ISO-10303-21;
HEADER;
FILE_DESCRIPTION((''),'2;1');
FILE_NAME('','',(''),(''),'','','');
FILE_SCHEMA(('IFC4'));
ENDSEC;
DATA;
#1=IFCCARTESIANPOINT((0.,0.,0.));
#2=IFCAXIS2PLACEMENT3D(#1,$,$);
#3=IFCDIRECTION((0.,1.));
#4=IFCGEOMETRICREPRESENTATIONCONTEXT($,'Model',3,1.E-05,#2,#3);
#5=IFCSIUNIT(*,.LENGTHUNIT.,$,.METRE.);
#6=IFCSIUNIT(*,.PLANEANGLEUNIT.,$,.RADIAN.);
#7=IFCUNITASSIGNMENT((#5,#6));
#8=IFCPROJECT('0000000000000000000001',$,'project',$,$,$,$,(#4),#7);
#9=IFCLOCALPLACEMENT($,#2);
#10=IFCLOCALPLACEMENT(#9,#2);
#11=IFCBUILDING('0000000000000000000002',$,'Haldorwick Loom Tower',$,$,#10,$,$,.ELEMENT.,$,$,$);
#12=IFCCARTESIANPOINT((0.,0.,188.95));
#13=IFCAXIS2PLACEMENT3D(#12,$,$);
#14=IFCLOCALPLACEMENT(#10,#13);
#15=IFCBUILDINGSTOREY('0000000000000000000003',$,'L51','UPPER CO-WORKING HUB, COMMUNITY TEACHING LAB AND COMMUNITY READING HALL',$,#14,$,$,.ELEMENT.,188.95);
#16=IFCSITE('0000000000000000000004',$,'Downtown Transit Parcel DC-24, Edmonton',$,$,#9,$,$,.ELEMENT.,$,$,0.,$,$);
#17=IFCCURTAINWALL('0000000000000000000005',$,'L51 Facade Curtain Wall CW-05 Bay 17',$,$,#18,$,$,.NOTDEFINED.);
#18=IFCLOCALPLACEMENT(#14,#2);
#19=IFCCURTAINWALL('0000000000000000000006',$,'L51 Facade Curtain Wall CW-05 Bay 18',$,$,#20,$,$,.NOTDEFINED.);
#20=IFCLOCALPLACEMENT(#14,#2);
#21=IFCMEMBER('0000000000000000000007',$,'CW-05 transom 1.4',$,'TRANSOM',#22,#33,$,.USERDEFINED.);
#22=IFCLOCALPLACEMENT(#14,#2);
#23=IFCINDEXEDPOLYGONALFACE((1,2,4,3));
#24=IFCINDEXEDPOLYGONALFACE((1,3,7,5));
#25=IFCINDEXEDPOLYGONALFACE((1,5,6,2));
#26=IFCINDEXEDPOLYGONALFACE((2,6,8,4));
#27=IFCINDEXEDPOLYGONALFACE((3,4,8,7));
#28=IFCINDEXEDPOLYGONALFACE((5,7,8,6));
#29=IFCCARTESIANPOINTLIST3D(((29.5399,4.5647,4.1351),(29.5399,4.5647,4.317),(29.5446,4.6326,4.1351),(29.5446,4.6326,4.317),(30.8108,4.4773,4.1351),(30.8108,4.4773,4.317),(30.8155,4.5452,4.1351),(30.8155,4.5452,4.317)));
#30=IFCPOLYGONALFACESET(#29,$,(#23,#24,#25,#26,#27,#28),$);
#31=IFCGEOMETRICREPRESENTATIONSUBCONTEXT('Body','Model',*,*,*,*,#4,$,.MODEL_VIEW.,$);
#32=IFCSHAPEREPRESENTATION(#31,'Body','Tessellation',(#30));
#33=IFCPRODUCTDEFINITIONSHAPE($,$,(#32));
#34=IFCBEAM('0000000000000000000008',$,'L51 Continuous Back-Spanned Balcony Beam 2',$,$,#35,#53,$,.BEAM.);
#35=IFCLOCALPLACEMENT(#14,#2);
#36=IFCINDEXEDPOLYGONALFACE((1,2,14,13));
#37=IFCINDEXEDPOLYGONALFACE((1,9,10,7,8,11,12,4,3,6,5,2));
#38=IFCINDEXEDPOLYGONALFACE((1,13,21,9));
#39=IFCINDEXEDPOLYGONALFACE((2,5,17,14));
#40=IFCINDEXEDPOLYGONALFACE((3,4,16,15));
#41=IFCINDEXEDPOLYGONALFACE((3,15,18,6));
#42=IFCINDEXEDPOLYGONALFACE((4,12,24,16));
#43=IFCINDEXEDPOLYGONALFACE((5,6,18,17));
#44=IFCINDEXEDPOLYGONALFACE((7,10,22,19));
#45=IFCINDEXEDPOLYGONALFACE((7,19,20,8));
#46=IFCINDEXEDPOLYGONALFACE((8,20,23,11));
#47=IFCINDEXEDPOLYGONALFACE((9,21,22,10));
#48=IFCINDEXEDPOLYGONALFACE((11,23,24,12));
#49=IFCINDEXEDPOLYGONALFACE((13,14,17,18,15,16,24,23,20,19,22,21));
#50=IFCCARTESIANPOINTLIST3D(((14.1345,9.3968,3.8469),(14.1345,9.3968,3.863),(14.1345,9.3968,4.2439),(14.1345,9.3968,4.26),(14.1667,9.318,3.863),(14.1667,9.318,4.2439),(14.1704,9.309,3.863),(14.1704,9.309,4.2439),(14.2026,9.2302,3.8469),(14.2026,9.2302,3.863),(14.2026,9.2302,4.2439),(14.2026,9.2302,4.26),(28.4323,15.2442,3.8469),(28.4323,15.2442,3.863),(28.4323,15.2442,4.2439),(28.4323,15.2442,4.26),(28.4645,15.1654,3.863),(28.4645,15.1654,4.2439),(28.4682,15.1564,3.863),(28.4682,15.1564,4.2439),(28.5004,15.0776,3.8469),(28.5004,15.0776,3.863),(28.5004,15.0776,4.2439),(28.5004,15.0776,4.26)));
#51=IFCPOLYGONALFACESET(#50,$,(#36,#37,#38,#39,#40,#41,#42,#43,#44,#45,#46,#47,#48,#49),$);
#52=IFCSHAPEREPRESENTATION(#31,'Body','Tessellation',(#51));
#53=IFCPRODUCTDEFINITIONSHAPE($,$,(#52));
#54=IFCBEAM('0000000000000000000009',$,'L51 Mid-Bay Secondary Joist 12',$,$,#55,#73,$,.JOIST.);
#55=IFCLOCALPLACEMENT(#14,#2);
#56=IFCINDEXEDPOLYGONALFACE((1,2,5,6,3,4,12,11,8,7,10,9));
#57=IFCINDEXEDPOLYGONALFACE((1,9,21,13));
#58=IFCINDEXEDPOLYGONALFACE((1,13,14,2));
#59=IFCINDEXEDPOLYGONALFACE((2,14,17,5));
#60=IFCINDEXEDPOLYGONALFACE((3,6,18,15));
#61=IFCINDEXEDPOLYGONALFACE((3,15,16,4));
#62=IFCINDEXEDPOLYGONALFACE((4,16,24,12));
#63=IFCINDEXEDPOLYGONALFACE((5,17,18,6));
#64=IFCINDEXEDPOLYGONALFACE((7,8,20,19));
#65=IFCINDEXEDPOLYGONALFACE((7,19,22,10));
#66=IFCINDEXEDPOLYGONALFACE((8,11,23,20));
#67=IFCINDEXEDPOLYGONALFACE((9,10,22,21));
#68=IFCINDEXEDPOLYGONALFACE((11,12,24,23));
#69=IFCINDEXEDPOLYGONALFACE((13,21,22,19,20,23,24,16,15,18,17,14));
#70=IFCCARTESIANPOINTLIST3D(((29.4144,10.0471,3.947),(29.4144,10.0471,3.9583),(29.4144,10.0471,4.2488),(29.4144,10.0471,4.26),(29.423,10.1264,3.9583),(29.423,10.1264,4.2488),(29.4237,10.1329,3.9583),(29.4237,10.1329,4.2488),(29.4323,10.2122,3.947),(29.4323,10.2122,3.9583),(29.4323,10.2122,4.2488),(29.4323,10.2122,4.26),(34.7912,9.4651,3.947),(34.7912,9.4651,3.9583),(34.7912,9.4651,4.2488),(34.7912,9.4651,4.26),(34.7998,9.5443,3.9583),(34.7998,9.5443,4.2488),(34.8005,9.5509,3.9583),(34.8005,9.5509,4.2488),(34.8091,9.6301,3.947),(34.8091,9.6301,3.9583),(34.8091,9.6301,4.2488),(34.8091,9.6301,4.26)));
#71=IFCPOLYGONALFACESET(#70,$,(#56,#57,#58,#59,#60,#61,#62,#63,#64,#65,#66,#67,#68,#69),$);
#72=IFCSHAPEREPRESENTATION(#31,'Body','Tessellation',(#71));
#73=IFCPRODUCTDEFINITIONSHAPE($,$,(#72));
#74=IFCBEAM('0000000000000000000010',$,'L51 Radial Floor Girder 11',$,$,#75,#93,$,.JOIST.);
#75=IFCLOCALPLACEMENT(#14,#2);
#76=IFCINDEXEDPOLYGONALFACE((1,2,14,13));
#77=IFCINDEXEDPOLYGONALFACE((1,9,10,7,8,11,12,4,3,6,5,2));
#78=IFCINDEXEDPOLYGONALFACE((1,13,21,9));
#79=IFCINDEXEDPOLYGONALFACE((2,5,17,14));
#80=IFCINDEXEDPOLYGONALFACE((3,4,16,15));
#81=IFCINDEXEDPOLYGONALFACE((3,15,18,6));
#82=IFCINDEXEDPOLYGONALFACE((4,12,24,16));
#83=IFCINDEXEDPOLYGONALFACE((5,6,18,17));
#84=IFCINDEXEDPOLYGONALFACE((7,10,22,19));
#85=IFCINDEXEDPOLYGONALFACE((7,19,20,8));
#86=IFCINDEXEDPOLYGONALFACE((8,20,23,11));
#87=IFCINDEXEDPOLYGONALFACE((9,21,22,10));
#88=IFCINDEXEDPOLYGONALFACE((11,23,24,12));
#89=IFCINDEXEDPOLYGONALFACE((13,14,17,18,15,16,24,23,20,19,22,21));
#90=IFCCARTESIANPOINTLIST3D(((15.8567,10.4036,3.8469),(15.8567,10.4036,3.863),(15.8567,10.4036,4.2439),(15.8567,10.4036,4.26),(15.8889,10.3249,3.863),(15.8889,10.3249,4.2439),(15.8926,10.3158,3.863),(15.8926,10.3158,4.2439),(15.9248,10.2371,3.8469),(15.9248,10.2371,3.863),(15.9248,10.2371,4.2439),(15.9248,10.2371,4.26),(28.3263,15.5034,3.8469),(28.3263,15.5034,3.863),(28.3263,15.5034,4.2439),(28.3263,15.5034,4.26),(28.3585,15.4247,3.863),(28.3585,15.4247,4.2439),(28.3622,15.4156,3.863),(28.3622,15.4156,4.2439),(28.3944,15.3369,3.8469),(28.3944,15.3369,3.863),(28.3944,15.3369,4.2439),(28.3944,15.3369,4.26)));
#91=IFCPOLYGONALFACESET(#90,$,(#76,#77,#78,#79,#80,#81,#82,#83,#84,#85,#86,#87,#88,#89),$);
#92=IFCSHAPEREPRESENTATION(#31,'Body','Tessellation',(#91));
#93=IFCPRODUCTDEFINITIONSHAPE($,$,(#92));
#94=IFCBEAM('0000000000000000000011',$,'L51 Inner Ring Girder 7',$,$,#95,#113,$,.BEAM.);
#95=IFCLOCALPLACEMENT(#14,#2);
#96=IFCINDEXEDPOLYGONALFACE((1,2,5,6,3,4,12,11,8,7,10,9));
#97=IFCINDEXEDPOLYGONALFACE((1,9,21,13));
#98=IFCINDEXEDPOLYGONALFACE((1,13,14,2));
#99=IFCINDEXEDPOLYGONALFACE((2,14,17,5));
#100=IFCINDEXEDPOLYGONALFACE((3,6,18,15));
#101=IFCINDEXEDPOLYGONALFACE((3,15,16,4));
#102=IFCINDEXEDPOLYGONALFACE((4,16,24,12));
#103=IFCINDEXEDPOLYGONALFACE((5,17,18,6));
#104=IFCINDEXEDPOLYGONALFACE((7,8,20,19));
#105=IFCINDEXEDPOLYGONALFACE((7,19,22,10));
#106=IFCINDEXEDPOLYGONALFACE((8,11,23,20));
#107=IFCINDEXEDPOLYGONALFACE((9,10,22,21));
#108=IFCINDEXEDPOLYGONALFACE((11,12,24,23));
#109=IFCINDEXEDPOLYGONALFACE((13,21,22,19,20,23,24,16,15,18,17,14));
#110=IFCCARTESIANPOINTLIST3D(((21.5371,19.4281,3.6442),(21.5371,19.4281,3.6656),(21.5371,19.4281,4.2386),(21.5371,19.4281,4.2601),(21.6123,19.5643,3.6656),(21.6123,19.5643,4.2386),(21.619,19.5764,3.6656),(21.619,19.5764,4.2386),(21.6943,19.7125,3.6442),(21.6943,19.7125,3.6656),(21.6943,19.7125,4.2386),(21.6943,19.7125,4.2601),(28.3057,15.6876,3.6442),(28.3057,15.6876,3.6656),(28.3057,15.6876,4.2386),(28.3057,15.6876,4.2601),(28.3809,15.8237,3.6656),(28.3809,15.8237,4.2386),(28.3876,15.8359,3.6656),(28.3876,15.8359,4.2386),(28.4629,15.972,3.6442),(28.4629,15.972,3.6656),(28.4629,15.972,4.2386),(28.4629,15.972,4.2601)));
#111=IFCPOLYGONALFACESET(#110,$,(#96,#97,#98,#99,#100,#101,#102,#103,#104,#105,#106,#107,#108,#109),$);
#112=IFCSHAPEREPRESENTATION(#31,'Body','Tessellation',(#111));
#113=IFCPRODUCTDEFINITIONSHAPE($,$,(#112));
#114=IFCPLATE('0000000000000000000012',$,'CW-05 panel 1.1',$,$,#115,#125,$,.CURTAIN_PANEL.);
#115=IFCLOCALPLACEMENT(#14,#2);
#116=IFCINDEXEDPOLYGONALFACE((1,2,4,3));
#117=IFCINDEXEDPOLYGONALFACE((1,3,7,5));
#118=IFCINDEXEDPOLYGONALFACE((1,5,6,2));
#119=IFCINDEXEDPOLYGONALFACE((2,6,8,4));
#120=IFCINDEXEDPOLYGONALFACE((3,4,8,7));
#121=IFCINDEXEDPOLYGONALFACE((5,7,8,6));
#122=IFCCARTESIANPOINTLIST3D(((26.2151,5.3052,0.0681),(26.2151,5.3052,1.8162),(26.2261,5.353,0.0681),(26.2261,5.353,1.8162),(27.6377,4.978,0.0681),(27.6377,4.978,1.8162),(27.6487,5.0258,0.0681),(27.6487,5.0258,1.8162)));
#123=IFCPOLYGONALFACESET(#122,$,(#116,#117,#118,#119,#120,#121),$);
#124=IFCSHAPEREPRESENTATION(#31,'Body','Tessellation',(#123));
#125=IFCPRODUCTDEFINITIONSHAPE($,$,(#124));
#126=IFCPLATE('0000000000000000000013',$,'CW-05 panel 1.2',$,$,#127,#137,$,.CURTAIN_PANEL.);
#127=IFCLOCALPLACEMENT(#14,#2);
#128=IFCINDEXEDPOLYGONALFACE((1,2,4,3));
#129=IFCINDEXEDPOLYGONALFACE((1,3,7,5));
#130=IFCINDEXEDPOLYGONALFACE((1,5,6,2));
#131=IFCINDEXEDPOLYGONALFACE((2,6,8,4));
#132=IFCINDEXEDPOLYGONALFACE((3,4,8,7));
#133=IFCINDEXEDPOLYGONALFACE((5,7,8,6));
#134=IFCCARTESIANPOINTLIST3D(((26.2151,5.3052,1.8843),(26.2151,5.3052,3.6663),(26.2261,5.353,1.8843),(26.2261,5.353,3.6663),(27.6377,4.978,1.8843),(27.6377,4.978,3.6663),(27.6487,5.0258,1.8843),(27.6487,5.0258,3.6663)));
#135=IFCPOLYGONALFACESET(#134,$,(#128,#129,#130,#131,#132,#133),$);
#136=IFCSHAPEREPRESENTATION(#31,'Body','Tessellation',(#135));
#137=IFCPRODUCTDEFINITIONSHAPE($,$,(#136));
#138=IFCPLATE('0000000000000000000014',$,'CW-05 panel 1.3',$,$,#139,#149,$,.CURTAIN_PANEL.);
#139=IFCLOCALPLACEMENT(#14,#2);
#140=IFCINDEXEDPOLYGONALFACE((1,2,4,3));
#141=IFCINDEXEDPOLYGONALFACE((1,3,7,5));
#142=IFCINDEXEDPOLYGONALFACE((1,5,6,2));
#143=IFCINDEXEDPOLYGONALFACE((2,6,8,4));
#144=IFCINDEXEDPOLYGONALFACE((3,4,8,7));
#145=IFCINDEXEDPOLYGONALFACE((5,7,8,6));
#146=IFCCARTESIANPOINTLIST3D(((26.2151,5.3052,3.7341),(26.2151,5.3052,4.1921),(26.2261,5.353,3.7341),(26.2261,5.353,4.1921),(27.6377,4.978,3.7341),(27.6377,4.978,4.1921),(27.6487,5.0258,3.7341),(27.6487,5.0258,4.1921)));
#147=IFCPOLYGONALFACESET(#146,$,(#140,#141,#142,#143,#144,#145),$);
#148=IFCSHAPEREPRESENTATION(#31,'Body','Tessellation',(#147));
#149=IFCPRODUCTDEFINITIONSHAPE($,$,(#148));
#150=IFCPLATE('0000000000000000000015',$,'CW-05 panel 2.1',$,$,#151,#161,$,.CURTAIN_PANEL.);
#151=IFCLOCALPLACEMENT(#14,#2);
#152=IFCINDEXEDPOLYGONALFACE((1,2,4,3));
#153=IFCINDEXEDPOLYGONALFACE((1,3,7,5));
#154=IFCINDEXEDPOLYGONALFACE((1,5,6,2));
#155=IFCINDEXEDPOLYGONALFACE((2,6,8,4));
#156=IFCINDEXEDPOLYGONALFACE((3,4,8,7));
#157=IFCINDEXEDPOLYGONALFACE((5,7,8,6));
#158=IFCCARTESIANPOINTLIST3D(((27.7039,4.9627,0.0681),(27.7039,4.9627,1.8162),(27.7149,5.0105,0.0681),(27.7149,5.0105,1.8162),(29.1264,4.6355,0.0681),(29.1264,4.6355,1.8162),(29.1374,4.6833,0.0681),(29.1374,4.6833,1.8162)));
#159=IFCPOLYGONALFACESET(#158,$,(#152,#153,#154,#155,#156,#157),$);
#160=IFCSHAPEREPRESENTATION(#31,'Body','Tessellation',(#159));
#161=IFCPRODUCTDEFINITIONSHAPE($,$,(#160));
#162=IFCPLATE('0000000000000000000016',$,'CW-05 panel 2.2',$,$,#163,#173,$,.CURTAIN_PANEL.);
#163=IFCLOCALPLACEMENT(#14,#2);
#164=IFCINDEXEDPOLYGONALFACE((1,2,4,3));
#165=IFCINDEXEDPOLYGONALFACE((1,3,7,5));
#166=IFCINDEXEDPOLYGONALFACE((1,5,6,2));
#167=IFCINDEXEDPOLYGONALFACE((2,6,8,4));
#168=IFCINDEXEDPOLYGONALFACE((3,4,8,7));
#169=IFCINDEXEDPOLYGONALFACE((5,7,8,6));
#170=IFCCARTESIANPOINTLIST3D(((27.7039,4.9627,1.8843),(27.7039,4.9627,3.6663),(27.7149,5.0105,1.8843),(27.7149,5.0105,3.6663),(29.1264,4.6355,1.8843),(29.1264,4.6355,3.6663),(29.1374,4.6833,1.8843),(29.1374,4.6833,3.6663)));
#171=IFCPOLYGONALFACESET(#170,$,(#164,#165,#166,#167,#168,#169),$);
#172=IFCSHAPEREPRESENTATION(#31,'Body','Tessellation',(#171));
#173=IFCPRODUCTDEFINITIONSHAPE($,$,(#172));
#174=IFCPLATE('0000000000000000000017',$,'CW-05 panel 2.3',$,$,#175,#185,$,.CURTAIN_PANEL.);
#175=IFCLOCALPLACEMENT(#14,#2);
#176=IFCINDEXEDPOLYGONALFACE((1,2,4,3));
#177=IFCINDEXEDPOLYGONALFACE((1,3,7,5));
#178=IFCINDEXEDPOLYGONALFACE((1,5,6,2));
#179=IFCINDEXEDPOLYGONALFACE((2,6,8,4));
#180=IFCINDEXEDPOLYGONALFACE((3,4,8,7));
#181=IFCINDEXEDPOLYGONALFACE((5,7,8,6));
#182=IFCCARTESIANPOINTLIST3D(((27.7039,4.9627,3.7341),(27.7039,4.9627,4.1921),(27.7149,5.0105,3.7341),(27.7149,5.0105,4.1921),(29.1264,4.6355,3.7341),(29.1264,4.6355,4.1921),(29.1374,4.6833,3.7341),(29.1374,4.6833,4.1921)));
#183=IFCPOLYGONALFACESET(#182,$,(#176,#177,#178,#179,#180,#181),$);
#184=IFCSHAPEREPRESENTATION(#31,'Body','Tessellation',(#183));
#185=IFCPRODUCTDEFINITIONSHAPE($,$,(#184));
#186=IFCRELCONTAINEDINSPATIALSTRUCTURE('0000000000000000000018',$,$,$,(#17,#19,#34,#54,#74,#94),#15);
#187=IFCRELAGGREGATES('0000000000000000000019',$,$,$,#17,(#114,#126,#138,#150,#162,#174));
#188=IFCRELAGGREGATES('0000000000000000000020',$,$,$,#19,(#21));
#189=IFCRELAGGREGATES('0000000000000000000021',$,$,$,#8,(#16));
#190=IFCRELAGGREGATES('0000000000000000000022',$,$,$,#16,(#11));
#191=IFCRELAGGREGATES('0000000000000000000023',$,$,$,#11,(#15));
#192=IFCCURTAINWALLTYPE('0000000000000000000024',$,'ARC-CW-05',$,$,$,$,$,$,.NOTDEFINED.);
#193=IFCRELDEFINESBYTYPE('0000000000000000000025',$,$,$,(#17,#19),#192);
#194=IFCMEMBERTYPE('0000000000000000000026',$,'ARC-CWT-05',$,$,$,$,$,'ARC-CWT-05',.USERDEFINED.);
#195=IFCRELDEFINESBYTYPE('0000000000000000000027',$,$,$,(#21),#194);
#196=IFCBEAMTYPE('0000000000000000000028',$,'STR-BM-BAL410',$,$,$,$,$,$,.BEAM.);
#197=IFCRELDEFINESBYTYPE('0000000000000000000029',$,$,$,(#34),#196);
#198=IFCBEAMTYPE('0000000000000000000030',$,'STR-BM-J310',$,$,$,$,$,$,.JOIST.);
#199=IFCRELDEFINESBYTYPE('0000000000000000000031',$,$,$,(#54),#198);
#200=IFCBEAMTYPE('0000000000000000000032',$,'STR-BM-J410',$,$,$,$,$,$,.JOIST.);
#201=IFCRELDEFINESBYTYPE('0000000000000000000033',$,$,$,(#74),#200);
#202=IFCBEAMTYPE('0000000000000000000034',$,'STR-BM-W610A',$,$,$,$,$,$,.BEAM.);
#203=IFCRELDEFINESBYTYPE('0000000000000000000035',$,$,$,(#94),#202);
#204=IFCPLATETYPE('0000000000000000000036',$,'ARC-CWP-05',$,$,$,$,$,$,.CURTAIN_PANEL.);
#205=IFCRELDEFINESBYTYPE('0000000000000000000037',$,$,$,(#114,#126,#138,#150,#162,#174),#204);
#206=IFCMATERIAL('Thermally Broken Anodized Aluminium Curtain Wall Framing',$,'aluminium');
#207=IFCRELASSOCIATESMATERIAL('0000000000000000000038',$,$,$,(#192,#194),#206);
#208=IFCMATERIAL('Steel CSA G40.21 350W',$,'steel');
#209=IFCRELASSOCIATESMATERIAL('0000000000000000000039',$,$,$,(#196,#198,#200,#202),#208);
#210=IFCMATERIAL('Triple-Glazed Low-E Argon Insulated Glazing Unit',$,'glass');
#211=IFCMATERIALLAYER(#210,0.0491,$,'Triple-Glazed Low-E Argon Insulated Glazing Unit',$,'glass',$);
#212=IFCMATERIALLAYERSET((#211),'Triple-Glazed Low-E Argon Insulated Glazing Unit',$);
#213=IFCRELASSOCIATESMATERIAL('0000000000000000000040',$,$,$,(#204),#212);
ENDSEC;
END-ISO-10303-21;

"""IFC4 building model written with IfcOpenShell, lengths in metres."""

from ifc_helpers import new_model, si_unit, direction, frame, origin, origin_2d, place, context, subcontext, project, spatial, rectangle, i_section, extrude, material, layer, layer_set, material_profile, profile_set, type_object, element, aggregate, save


model = new_model("IFC4")

# Units and contexts
model_context = context("Model", 3, precision=1e-05, world=origin(), true_north=direction((0.0, 1.0)))
body_context = subcontext(model_context, "Body", "Model", "MODEL_VIEW")
ifc_project = project(units=[si_unit("LENGTHUNIT", "METRE"), si_unit("PLANEANGLEUNIT", "RADIAN")], contexts=[model_context])

# Site, building, storey
site_placement = place(None, origin())
site = spatial("IfcSite", under=ifc_project, at=site_placement, Name="Downtown Transit Parcel DC-24, Edmonton", CompositionType="ELEMENT", RefElevation=0.0)
building_placement = place(site_placement, origin())
building = spatial("IfcBuilding", under=site, at=building_placement, Name="Haldorwick Loom Tower", CompositionType="ELEMENT")
storey_placement = place(building_placement, frame((0.0, 0.0, 188.95)))
storey = spatial("IfcBuildingStorey", under=building, at=storey_placement, Name="L51", Description="UPPER CO-WORKING HUB, COMMUNITY TEACHING LAB AND COMMUNITY READING HALL", CompositionType="ELEMENT", Elevation=188.95)

# Curtain wall
ifc_material_1 = material(Name="Thermally Broken Anodized Aluminium Curtain Wall Framing", Category="aluminium")
curtain_wall_type = type_object("IfcCurtainWallType", Name="ARC-CW-05", PredefinedType="NOTDEFINED", material=ifc_material_1)
curtain_wall_1_placement = place(storey_placement, origin())
curtain_wall_1 = element("IfcCurtainWall", 1, at=curtain_wall_1_placement, inside=storey, type_object=curtain_wall_type, Name="L51 Facade Curtain Wall CW-05 Bay 17", PredefinedType="NOTDEFINED")

# Curtain wall
curtain_wall_2_placement = place(storey_placement, origin())
curtain_wall_2 = element("IfcCurtainWall", 2, at=curtain_wall_2_placement, inside=storey, type_object=curtain_wall_type, Name="L51 Facade Curtain Wall CW-05 Bay 18", PredefinedType="NOTDEFINED")

# Member
ifc_material_profile_1 = material_profile(ifc_material_1, rectangle(XDim=0.0681, YDim=0.1819, at=origin_2d()), Name="ALU_TRN_68X182", Category="aluminium")
ifc_profile_set_1 = profile_set([ifc_material_profile_1], Name="Thermally Broken Anodized Aluminium Curtain Wall Framing")
member_type_1 = type_object("IfcMemberType", Name="ARC-CWT-05", ElementType="ARC-CWT-05", PredefinedType="USERDEFINED", material=ifc_profile_set_1)
member_1_placement = place(storey_placement, frame((29.5422, 4.5986, 4.2261), z_axis=(0.997644, -0.068605, 0.0), x_axis=(0.068605, 0.997644, 0.0)))
member_1 = element("IfcMember", 3, at=member_1_placement, type_object=member_type_1, Name="CW-05 transom 1.4", ObjectType="TRANSOM", PredefinedType="USERDEFINED", context=body_context, shape_type="SweptSolid", body=[
    extrude(rectangle(XDim=0.0681, YDim=0.1819, at=origin_2d()), origin(), (0.0, 0.0, 1.0), 1.2739),
])

# Beams
ifc_material_2 = material(Name="Steel CSA G40.21 350W", Category="steel")
ifc_material_profile_2 = material_profile(ifc_material_2, i_section(OverallWidth=0.1799, OverallDepth=0.4131, WebThickness=0.0098, FlangeThickness=0.0161, at=origin_2d()), Name="W410X74", Category="steel")
ifc_profile_set_2 = profile_set([ifc_material_profile_2], Name="Steel CSA G40.21 350W")
beam_type_1 = type_object("IfcBeamType", Name="STR-BM-BAL410", PredefinedType="BEAM", material=ifc_profile_set_2)
beam_1_placement = place(storey_placement, frame((28.4663, 15.1609, 4.0535), z_axis=(-0.925586, -0.378538, 0.0), x_axis=(0.378538, -0.925586, 0.0)))
element("IfcBeam", 4, at=beam_1_placement, inside=storey, type_object=beam_type_1, Name="L51 Continuous Back-Spanned Balcony Beam 2", PredefinedType="BEAM", context=body_context, shape_type="SweptSolid", body=[
    extrude(i_section(OverallWidth=0.1799, OverallDepth=0.4131, WebThickness=0.0098, FlangeThickness=0.0161, at=origin_2d()), origin(), (0.0, 0.0, 1.0), 15.4473),
])
ifc_material_profile_3 = material_profile(ifc_material_2, i_section(OverallWidth=0.166, OverallDepth=0.313, WebThickness=0.0066, FlangeThickness=0.0112, at=origin_2d()), Name="W310X45", Category="steel")
ifc_profile_set_3 = profile_set([ifc_material_profile_3], Name="Steel CSA G40.21 350W")
beam_type_2 = type_object("IfcBeamType", Name="STR-BM-J310", PredefinedType="JOIST", material=ifc_profile_set_3)
beam_2_placement = place(storey_placement, frame((29.4233, 10.1296, 4.1035), z_axis=(0.994192, -0.107622, 0.0), x_axis=(0.107622, 0.994192, 0.0)))
element("IfcBeam", 5, at=beam_2_placement, inside=storey, type_object=beam_type_2, Name="L51 Mid-Bay Secondary Joist 12", PredefinedType="JOIST", context=body_context, shape_type="SweptSolid", body=[
    extrude(i_section(OverallWidth=0.166, OverallDepth=0.313, WebThickness=0.0066, FlangeThickness=0.0112, at=origin_2d()), origin(), (0.0, 0.0, 1.0), 5.4082),
])
ifc_material_profile_4 = material_profile(ifc_material_2, i_section(OverallWidth=0.1799, OverallDepth=0.4131, WebThickness=0.0098, FlangeThickness=0.0161, at=origin_2d()), Name="W410X74", Category="steel")
ifc_profile_set_4 = profile_set([ifc_material_profile_4], Name="Steel CSA G40.21 350W")
beam_type_3 = type_object("IfcBeamType", Name="STR-BM-J410", PredefinedType="JOIST", material=ifc_profile_set_4)
beam_3_placement = place(storey_placement, frame((28.3604, 15.4202, 4.0535), z_axis=(-0.925583, -0.378544, 0.0), x_axis=(0.378544, -0.925583, 0.0)))
element("IfcBeam", 6, at=beam_3_placement, inside=storey, type_object=beam_type_3, Name="L51 Radial Floor Girder 11", PredefinedType="JOIST", context=body_context, shape_type="SweptSolid", body=[
    extrude(i_section(OverallWidth=0.1799, OverallDepth=0.4131, WebThickness=0.0098, FlangeThickness=0.0161, at=origin_2d()), origin(), (0.0, 0.0, 1.0), 13.4722),
])
ifc_material_profile_5 = material_profile(ifc_material_2, i_section(OverallWidth=0.325, OverallDepth=0.616, WebThickness=0.0139, FlangeThickness=0.0215, at=origin_2d()), Name="W610X174", Category="steel")
ifc_profile_set_5 = profile_set([ifc_material_profile_5], Name="Steel CSA G40.21 350W")
beam_type_4 = type_object("IfcBeamType", Name="STR-BM-W610A", PredefinedType="BEAM", material=ifc_profile_set_5)
beam_4_placement = place(storey_placement, frame((28.3843, 15.8298, 3.9521), z_axis=(-0.875244, 0.483682, 0.0), x_axis=(-0.483682, -0.875244, 0.0)))
element("IfcBeam", 7, at=beam_4_placement, inside=storey, type_object=beam_type_4, Name="L51 Inner Ring Girder 7", PredefinedType="BEAM", context=body_context, shape_type="SweptSolid", body=[
    extrude(i_section(OverallWidth=0.325, OverallDepth=0.616, WebThickness=0.0139, FlangeThickness=0.0215, at=origin_2d()), origin(), (0.0, 0.0, 1.0), 7.7334),
])

# Plates
ifc_material_3 = material(Name="Triple-Glazed Low-E Argon Insulated Glazing Unit", Category="glass")
ifc_layer_1 = layer(ifc_material_3, 0.0491, Name="Triple-Glazed Low-E Argon Insulated Glazing Unit", Category="glass")
ifc_layer_set_1 = layer_set([ifc_layer_1], Name="Triple-Glazed Low-E Argon Insulated Glazing Unit")
plate_type = type_object("IfcPlateType", Name="ARC-CWP-05", PredefinedType="CURTAIN_PANEL", material=ifc_layer_set_1)
plate_1_placement = place(storey_placement, frame((26.9319, 5.1655, 0.0681), z_axis=(0.0, 0.0, 1.0), x_axis=(0.974557, -0.224142, 0.0)))
plate_1 = element("IfcPlate", 8, at=plate_1_placement, type_object=plate_type, Name="CW-05 panel 1.1", PredefinedType="CURTAIN_PANEL", context=body_context, shape_type="SweptSolid", body=[
    extrude(rectangle(XDim=1.4597, YDim=0.0491, at=origin_2d()), origin(), (0.0, 0.0, 1.0), 1.748),
])
plate_2_placement = place(storey_placement, frame((26.9319, 5.1655, 1.8843), z_axis=(0.0, 0.0, 1.0), x_axis=(0.974557, -0.224142, 0.0)))
plate_2 = element("IfcPlate", 9, at=plate_2_placement, type_object=plate_type, Name="CW-05 panel 1.2", PredefinedType="CURTAIN_PANEL", context=body_context, shape_type="SweptSolid", body=[
    extrude(rectangle(XDim=1.4597, YDim=0.0491, at=origin_2d()), origin(), (0.0, 0.0, 1.0), 1.782),
])
plate_3_placement = place(storey_placement, frame((26.9319, 5.1655, 3.7341), z_axis=(0.0, 0.0, 1.0), x_axis=(0.974557, -0.224142, 0.0)))
plate_3 = element("IfcPlate", 10, at=plate_3_placement, type_object=plate_type, Name="CW-05 panel 1.3", PredefinedType="CURTAIN_PANEL", context=body_context, shape_type="SweptSolid", body=[
    extrude(rectangle(XDim=1.4597, YDim=0.0491, at=origin_2d()), origin(), (0.0, 0.0, 1.0), 0.458),
])
plate_4_placement = place(storey_placement, frame((28.4207, 4.823, 0.0681), z_axis=(0.0, 0.0, 1.0), x_axis=(0.974557, -0.224142, 0.0)))
plate_4 = element("IfcPlate", 11, at=plate_4_placement, type_object=plate_type, Name="CW-05 panel 2.1", PredefinedType="CURTAIN_PANEL", context=body_context, shape_type="SweptSolid", body=[
    extrude(rectangle(XDim=1.4597, YDim=0.0491, at=origin_2d()), origin(), (0.0, 0.0, 1.0), 1.748),
])
plate_5_placement = place(storey_placement, frame((28.4207, 4.823, 1.8843), z_axis=(0.0, 0.0, 1.0), x_axis=(0.974557, -0.224142, 0.0)))
plate_5 = element("IfcPlate", 12, at=plate_5_placement, type_object=plate_type, Name="CW-05 panel 2.2", PredefinedType="CURTAIN_PANEL", context=body_context, shape_type="SweptSolid", body=[
    extrude(rectangle(XDim=1.4597, YDim=0.0491, at=origin_2d()), origin(), (0.0, 0.0, 1.0), 1.782),
])
plate_6_placement = place(storey_placement, frame((28.4207, 4.823, 3.7341), z_axis=(0.0, 0.0, 1.0), x_axis=(0.974557, -0.224142, 0.0)))
plate_6 = element("IfcPlate", 13, at=plate_6_placement, type_object=plate_type, Name="CW-05 panel 2.3", PredefinedType="CURTAIN_PANEL", context=body_context, shape_type="SweptSolid", body=[
    extrude(rectangle(XDim=1.4597, YDim=0.0491, at=origin_2d()), origin(), (0.0, 0.0, 1.0), 0.458),
])
aggregate(curtain_wall_1, [plate_1, plate_2, plate_3, plate_4, plate_5, plate_6])
aggregate(curtain_wall_2, [member_1])

save(model, "model.ifc")
